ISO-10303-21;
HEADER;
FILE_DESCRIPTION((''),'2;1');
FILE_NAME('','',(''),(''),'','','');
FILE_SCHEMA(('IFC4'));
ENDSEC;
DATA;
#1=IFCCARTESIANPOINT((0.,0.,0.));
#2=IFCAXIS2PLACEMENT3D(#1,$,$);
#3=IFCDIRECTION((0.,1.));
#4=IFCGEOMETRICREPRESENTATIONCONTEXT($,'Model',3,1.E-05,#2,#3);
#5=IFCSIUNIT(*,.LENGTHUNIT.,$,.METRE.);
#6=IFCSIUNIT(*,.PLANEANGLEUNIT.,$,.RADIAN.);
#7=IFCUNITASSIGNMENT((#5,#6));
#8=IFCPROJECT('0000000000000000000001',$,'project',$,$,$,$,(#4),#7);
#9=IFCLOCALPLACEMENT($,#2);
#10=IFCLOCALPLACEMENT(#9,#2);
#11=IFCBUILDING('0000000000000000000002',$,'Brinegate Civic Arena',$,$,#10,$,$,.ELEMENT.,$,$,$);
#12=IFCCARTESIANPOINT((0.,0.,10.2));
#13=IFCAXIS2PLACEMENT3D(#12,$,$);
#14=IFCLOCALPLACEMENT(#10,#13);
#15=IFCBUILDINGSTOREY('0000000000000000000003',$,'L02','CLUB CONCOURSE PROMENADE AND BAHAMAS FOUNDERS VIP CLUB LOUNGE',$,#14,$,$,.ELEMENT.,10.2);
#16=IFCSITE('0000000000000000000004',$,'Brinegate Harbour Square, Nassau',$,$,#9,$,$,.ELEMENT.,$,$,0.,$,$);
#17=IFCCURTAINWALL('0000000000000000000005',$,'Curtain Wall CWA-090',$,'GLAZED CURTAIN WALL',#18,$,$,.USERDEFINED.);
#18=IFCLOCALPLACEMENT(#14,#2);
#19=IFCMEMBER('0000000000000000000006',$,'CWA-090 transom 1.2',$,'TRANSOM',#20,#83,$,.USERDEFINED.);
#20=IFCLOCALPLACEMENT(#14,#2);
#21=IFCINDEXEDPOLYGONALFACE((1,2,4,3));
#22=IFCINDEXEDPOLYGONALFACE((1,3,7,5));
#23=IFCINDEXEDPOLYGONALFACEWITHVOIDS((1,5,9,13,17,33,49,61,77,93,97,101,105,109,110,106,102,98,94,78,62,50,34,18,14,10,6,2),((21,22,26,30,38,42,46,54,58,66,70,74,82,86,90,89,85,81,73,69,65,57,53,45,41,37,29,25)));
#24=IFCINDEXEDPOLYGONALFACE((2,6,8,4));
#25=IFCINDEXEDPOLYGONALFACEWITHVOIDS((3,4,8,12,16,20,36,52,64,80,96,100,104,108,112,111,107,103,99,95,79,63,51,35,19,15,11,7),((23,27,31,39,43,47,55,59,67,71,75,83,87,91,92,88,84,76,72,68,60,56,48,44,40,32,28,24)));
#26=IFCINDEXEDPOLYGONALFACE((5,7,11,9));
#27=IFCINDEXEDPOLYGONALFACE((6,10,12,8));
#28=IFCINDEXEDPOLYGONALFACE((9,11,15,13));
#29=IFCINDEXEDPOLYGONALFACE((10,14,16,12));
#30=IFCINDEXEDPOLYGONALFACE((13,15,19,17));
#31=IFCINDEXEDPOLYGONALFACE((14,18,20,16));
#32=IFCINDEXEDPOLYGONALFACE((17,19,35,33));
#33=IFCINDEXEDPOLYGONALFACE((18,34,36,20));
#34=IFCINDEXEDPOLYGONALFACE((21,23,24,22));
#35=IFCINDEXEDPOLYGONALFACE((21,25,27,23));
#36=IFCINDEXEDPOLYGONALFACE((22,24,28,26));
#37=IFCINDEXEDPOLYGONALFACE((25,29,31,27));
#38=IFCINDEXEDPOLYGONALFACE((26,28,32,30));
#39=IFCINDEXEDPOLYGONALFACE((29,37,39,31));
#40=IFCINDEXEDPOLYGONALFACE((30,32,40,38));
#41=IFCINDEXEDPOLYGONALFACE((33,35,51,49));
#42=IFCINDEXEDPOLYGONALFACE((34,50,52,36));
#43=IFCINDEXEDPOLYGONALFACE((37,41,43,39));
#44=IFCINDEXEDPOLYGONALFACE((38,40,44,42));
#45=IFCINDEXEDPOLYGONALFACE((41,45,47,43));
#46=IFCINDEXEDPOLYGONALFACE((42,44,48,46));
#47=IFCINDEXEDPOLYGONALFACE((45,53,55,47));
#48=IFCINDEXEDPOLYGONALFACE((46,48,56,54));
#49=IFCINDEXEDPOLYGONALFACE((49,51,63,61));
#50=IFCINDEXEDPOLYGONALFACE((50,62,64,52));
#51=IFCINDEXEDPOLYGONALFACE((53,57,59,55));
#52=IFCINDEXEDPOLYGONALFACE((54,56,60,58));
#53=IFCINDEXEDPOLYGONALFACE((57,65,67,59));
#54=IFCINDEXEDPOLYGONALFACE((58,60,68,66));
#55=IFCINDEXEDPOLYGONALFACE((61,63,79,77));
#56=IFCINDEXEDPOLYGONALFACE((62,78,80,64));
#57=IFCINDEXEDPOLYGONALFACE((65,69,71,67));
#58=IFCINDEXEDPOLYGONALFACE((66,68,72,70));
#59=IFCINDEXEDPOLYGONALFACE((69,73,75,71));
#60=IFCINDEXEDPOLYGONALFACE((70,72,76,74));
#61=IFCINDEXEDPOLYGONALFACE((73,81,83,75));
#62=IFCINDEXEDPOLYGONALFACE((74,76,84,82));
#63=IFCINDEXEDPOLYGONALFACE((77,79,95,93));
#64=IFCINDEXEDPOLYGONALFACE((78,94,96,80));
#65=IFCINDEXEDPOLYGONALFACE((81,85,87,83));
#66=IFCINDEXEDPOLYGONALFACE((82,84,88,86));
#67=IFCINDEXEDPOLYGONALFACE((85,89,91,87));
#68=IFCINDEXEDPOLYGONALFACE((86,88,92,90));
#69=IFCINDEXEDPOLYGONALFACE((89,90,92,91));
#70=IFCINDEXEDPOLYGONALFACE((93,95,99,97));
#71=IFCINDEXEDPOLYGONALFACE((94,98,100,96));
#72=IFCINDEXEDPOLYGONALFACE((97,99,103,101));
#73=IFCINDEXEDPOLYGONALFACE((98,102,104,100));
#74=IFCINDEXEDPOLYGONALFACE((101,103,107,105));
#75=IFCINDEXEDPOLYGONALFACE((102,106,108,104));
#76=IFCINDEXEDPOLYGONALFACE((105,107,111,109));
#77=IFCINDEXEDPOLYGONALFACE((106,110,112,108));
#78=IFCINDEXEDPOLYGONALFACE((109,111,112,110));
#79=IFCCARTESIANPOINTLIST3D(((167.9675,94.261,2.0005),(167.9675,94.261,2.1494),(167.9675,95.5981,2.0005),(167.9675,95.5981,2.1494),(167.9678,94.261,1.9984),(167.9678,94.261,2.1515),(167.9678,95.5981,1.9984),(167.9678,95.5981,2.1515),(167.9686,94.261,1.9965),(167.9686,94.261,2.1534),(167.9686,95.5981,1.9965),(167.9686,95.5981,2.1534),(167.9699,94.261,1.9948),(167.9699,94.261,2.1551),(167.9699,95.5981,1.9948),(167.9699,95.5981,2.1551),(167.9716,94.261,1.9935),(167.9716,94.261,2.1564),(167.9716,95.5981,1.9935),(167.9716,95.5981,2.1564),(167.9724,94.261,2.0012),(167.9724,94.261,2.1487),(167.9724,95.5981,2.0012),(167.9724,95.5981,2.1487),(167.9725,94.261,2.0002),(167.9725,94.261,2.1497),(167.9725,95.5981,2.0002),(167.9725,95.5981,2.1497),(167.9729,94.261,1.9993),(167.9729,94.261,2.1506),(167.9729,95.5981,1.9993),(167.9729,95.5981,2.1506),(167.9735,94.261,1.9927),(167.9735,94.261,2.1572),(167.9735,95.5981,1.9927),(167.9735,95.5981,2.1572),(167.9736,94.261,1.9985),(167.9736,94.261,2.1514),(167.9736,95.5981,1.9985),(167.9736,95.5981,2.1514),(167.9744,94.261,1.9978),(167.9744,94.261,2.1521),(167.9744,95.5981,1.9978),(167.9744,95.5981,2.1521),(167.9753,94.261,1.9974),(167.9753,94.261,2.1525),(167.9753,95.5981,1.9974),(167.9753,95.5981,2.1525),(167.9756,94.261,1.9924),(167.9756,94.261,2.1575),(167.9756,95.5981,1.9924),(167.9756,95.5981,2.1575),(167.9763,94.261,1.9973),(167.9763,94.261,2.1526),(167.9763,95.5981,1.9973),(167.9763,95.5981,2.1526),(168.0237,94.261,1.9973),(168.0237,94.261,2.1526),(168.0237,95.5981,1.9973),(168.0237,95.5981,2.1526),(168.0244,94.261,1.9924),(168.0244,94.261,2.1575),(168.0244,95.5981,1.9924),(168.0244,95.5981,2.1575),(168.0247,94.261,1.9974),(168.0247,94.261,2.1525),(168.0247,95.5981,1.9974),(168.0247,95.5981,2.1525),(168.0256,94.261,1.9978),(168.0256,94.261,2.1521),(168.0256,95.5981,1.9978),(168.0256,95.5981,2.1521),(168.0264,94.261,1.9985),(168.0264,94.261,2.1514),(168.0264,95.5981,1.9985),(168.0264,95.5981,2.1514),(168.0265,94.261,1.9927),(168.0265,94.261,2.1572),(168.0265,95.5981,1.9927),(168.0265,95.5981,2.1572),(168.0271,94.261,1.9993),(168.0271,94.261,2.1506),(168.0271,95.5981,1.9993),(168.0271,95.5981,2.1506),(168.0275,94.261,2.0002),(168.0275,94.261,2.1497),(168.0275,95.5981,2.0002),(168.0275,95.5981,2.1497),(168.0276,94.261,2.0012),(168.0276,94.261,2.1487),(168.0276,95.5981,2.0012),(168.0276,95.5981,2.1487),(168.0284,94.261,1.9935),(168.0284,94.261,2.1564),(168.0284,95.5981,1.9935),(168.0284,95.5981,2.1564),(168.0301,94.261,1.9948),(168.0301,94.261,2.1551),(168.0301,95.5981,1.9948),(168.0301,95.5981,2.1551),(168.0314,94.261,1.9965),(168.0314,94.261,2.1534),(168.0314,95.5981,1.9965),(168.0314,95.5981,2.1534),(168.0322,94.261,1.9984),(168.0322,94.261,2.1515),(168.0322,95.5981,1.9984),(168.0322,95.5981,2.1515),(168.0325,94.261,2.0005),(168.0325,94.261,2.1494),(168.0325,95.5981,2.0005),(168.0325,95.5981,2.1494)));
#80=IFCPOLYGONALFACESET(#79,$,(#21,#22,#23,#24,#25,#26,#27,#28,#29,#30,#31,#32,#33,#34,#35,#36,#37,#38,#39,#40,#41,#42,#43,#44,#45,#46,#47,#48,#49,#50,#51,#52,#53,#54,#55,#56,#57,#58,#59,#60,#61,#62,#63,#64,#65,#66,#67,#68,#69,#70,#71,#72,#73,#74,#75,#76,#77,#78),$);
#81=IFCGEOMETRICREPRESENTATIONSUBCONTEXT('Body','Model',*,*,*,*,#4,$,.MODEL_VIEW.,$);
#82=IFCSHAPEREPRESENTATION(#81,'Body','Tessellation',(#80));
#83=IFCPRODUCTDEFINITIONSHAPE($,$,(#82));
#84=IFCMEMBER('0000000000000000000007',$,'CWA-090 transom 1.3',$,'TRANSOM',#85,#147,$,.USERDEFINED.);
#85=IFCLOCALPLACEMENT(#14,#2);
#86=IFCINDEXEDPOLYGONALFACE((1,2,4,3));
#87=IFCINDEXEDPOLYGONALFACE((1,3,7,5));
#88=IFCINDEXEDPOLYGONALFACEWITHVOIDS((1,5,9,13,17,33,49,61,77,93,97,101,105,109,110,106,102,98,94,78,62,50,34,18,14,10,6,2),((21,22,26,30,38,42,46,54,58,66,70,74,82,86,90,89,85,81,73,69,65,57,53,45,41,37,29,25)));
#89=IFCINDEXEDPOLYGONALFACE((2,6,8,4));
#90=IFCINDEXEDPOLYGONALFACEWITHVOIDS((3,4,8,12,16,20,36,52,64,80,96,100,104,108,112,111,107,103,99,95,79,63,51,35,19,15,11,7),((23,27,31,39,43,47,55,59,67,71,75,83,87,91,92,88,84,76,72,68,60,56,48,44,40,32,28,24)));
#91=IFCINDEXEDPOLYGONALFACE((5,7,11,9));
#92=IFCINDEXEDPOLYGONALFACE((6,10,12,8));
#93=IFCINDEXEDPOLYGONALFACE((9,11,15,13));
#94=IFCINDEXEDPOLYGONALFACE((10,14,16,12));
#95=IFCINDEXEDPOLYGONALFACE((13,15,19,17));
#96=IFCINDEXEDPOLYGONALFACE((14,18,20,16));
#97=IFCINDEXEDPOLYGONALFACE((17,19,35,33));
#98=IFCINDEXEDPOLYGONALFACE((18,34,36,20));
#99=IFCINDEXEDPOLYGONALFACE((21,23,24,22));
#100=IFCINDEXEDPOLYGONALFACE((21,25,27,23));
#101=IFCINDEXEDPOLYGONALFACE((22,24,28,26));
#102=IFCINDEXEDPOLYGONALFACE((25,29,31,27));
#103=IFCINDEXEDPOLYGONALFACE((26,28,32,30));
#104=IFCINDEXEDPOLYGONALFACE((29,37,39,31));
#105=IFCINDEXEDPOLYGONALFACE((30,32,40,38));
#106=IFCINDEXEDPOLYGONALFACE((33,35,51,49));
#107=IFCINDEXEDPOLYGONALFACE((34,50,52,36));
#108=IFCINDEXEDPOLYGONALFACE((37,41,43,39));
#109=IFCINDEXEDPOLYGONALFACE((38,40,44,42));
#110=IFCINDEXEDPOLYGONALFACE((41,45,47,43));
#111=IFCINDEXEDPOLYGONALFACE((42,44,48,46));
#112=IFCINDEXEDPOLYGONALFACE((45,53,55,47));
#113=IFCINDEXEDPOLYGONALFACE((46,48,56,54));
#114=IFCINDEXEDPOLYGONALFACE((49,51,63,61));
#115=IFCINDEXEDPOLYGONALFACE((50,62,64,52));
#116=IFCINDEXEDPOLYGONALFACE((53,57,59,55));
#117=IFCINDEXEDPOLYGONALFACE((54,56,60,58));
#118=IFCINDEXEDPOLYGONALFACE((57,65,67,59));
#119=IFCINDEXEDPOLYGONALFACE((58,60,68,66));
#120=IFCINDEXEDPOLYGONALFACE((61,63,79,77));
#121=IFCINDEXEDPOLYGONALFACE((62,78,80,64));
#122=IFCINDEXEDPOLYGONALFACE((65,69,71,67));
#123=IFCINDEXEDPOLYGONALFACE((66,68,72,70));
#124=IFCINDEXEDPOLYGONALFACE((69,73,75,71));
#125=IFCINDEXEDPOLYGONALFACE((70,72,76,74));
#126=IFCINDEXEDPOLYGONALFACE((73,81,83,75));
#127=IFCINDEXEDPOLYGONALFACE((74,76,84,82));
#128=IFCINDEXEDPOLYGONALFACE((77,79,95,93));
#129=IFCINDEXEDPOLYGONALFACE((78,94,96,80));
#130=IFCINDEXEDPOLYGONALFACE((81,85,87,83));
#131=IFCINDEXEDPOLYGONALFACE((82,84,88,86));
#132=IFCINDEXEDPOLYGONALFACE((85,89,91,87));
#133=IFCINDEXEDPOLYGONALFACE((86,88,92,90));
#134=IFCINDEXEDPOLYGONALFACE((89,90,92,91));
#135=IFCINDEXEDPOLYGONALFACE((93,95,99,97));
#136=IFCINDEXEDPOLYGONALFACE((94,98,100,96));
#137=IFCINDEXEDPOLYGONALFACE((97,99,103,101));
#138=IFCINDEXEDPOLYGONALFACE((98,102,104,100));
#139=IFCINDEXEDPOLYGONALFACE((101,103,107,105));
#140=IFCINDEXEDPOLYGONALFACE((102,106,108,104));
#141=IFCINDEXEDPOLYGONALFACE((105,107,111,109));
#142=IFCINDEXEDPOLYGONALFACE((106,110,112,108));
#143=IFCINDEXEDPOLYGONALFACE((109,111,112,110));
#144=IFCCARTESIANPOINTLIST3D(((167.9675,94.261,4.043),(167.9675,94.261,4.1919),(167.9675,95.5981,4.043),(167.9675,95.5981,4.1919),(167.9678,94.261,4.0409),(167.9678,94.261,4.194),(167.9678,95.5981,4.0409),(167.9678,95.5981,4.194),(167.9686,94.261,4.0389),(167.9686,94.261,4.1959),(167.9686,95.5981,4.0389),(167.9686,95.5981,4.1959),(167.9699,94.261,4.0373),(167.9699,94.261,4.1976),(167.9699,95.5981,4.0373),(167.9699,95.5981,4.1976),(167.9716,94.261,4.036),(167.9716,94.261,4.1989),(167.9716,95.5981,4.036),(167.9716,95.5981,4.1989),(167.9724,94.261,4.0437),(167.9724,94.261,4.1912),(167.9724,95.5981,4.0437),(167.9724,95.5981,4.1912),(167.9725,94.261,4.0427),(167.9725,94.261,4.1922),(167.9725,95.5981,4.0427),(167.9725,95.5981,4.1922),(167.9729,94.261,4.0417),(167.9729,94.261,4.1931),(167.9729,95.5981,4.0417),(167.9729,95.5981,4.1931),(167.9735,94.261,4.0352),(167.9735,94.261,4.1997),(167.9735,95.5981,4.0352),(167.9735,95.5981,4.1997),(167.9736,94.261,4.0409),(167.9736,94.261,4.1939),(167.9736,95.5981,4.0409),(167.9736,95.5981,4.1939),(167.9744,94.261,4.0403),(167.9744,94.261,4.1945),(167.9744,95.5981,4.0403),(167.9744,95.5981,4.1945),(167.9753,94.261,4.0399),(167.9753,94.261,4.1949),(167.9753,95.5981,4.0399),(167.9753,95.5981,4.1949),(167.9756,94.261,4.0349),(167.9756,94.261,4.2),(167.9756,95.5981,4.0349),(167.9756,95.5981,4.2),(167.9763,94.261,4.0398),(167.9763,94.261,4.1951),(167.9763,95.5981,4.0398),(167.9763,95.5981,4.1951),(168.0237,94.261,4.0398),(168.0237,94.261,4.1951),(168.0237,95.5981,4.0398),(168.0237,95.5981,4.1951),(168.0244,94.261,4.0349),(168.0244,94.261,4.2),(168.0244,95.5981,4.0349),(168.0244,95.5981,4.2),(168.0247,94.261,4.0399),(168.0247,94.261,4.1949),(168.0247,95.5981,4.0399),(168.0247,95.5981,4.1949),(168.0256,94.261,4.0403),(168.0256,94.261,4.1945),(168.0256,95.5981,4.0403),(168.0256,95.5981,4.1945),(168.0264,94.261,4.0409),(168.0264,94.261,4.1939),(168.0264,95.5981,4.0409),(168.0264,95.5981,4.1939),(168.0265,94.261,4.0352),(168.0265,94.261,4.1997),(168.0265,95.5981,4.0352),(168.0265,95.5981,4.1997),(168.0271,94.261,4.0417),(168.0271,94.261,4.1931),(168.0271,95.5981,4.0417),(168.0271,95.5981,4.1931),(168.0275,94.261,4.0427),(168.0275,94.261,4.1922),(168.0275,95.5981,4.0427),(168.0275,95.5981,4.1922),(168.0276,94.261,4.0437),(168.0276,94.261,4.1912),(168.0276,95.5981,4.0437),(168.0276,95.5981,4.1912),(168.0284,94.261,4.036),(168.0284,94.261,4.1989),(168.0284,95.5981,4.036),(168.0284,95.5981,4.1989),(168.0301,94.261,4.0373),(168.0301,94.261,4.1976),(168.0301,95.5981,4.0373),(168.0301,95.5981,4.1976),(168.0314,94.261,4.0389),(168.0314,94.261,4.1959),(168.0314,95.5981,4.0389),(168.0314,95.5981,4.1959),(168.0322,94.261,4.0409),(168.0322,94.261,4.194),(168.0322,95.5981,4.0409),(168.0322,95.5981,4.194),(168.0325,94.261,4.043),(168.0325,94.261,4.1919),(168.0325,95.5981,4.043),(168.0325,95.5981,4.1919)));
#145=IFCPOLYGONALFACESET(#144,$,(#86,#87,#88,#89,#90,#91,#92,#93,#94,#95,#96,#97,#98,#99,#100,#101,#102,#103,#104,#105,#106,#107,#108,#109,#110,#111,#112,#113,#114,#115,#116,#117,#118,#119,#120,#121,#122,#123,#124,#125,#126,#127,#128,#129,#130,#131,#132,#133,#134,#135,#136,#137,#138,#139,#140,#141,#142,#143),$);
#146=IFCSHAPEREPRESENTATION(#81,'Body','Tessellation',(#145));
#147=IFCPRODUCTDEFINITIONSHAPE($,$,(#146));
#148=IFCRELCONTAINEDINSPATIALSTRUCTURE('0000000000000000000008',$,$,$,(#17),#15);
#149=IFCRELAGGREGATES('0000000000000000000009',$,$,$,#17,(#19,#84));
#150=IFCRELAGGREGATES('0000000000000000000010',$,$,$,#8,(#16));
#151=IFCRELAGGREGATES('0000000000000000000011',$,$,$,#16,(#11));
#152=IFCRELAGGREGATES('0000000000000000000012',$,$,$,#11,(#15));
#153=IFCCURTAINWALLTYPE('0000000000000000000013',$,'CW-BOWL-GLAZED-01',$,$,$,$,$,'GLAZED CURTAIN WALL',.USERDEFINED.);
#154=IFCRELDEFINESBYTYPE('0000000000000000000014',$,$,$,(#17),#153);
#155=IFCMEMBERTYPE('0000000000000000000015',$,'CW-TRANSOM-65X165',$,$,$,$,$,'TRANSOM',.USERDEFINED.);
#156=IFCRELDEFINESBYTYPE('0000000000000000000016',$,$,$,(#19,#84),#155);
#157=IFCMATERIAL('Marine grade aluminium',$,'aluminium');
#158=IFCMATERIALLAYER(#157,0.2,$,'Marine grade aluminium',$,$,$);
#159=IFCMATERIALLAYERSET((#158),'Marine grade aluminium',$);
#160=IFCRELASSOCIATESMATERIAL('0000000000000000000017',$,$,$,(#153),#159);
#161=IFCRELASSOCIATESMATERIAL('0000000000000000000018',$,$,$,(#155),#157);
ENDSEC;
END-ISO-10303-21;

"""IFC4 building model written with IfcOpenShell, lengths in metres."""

from ifc_helpers import new_model, si_unit, direction, frame, origin, origin_2d, place, context, subcontext, project, spatial, hollow_rectangle, extrude, material, layer, layer_set, material_profile, profile_set, type_object, element, aggregate, save


model = new_model("IFC4")

# Units and contexts
model_context = context("Model", 3, precision=1e-05, world=origin(), true_north=direction((0.0, 1.0)))
body_context = subcontext(model_context, "Body", "Model", "MODEL_VIEW")
ifc_project = project(units=[si_unit("LENGTHUNIT", "METRE"), si_unit("PLANEANGLEUNIT", "RADIAN")], contexts=[model_context])

# Site, building, storey
site_placement = place(None, origin())
site = spatial("IfcSite", under=ifc_project, at=site_placement, Name="Brinegate Harbour Square, Nassau", CompositionType="ELEMENT", RefElevation=0.0)
building_placement = place(site_placement, origin())
building = spatial("IfcBuilding", under=site, at=building_placement, Name="Brinegate Civic Arena", CompositionType="ELEMENT")
storey_placement = place(building_placement, frame((0.0, 0.0, 10.2)))
storey = spatial("IfcBuildingStorey", under=building, at=storey_placement, Name="L02", Description="CLUB CONCOURSE PROMENADE AND BAHAMAS FOUNDERS VIP CLUB LOUNGE", CompositionType="ELEMENT", Elevation=10.2)

# Shared definitions
ifc_material_1 = material(Name="Marine grade aluminium", Category="aluminium")
ifc_layer_1 = layer(ifc_material_1, 0.2, Name="Marine grade aluminium")
ifc_layer_set_1 = layer_set([ifc_layer_1], Name="Marine grade aluminium")
curtain_wall_type = type_object("IfcCurtainWallType", Name="CW-BOWL-GLAZED-01", ElementType="GLAZED CURTAIN WALL", PredefinedType="USERDEFINED", material=ifc_layer_set_1)

# Curtain wall, members
curtain_wall_1_placement = place(storey_placement, origin())
curtain_wall_1 = element("IfcCurtainWall", 1, at=curtain_wall_1_placement, inside=storey, type_object=curtain_wall_type, Name="Curtain Wall CWA-090", ObjectType="GLAZED CURTAIN WALL", PredefinedType="USERDEFINED")
ifc_material_profile_1 = material_profile(ifc_material_1, hollow_rectangle(XDim=0.0649, YDim=0.165, WallThickness=0.0049, InnerFilletRadius=0.0039, OuterFilletRadius=0.0081, at=origin_2d()), Name="TRN65X165")
ifc_profile_set_1 = profile_set([ifc_material_profile_1], Name="Marine grade aluminium")
member_type_1 = type_object("IfcMemberType", Name="CW-TRANSOM-65X165", ElementType="TRANSOM", PredefinedType="USERDEFINED", material=ifc_profile_set_1)
member_1_placement = place(storey_placement, frame((168.0, 94.261, 2.075), z_axis=(0.0, 1.0, 0.0), x_axis=(-1.0, 0.0, 0.0)))
member_1 = element("IfcMember", 2, at=member_1_placement, type_object=member_type_1, Name="CWA-090 transom 1.2", ObjectType="TRANSOM", PredefinedType="USERDEFINED", context=body_context, shape_type="SweptSolid", body=[
    extrude(hollow_rectangle(XDim=0.0649, YDim=0.165, WallThickness=0.0049, InnerFilletRadius=0.0039, OuterFilletRadius=0.0081, at=origin_2d()), origin(), (0.0, 0.0, 1.0), 1.3372),
])
member_2_placement = place(storey_placement, frame((168.0, 94.261, 4.1174), z_axis=(0.0, 1.0, 0.0), x_axis=(-1.0, 0.0, 0.0)))
member_2 = element("IfcMember", 3, at=member_2_placement, type_object=member_type_1, Name="CWA-090 transom 1.3", ObjectType="TRANSOM", PredefinedType="USERDEFINED", context=body_context, shape_type="SweptSolid", body=[
    extrude(hollow_rectangle(XDim=0.0649, YDim=0.165, WallThickness=0.0049, InnerFilletRadius=0.0039, OuterFilletRadius=0.0081, at=origin_2d()), origin(), (0.0, 0.0, 1.0), 1.3372),
])

aggregate(curtain_wall_1, [member_1, member_2])

save(model, "model.ifc")
